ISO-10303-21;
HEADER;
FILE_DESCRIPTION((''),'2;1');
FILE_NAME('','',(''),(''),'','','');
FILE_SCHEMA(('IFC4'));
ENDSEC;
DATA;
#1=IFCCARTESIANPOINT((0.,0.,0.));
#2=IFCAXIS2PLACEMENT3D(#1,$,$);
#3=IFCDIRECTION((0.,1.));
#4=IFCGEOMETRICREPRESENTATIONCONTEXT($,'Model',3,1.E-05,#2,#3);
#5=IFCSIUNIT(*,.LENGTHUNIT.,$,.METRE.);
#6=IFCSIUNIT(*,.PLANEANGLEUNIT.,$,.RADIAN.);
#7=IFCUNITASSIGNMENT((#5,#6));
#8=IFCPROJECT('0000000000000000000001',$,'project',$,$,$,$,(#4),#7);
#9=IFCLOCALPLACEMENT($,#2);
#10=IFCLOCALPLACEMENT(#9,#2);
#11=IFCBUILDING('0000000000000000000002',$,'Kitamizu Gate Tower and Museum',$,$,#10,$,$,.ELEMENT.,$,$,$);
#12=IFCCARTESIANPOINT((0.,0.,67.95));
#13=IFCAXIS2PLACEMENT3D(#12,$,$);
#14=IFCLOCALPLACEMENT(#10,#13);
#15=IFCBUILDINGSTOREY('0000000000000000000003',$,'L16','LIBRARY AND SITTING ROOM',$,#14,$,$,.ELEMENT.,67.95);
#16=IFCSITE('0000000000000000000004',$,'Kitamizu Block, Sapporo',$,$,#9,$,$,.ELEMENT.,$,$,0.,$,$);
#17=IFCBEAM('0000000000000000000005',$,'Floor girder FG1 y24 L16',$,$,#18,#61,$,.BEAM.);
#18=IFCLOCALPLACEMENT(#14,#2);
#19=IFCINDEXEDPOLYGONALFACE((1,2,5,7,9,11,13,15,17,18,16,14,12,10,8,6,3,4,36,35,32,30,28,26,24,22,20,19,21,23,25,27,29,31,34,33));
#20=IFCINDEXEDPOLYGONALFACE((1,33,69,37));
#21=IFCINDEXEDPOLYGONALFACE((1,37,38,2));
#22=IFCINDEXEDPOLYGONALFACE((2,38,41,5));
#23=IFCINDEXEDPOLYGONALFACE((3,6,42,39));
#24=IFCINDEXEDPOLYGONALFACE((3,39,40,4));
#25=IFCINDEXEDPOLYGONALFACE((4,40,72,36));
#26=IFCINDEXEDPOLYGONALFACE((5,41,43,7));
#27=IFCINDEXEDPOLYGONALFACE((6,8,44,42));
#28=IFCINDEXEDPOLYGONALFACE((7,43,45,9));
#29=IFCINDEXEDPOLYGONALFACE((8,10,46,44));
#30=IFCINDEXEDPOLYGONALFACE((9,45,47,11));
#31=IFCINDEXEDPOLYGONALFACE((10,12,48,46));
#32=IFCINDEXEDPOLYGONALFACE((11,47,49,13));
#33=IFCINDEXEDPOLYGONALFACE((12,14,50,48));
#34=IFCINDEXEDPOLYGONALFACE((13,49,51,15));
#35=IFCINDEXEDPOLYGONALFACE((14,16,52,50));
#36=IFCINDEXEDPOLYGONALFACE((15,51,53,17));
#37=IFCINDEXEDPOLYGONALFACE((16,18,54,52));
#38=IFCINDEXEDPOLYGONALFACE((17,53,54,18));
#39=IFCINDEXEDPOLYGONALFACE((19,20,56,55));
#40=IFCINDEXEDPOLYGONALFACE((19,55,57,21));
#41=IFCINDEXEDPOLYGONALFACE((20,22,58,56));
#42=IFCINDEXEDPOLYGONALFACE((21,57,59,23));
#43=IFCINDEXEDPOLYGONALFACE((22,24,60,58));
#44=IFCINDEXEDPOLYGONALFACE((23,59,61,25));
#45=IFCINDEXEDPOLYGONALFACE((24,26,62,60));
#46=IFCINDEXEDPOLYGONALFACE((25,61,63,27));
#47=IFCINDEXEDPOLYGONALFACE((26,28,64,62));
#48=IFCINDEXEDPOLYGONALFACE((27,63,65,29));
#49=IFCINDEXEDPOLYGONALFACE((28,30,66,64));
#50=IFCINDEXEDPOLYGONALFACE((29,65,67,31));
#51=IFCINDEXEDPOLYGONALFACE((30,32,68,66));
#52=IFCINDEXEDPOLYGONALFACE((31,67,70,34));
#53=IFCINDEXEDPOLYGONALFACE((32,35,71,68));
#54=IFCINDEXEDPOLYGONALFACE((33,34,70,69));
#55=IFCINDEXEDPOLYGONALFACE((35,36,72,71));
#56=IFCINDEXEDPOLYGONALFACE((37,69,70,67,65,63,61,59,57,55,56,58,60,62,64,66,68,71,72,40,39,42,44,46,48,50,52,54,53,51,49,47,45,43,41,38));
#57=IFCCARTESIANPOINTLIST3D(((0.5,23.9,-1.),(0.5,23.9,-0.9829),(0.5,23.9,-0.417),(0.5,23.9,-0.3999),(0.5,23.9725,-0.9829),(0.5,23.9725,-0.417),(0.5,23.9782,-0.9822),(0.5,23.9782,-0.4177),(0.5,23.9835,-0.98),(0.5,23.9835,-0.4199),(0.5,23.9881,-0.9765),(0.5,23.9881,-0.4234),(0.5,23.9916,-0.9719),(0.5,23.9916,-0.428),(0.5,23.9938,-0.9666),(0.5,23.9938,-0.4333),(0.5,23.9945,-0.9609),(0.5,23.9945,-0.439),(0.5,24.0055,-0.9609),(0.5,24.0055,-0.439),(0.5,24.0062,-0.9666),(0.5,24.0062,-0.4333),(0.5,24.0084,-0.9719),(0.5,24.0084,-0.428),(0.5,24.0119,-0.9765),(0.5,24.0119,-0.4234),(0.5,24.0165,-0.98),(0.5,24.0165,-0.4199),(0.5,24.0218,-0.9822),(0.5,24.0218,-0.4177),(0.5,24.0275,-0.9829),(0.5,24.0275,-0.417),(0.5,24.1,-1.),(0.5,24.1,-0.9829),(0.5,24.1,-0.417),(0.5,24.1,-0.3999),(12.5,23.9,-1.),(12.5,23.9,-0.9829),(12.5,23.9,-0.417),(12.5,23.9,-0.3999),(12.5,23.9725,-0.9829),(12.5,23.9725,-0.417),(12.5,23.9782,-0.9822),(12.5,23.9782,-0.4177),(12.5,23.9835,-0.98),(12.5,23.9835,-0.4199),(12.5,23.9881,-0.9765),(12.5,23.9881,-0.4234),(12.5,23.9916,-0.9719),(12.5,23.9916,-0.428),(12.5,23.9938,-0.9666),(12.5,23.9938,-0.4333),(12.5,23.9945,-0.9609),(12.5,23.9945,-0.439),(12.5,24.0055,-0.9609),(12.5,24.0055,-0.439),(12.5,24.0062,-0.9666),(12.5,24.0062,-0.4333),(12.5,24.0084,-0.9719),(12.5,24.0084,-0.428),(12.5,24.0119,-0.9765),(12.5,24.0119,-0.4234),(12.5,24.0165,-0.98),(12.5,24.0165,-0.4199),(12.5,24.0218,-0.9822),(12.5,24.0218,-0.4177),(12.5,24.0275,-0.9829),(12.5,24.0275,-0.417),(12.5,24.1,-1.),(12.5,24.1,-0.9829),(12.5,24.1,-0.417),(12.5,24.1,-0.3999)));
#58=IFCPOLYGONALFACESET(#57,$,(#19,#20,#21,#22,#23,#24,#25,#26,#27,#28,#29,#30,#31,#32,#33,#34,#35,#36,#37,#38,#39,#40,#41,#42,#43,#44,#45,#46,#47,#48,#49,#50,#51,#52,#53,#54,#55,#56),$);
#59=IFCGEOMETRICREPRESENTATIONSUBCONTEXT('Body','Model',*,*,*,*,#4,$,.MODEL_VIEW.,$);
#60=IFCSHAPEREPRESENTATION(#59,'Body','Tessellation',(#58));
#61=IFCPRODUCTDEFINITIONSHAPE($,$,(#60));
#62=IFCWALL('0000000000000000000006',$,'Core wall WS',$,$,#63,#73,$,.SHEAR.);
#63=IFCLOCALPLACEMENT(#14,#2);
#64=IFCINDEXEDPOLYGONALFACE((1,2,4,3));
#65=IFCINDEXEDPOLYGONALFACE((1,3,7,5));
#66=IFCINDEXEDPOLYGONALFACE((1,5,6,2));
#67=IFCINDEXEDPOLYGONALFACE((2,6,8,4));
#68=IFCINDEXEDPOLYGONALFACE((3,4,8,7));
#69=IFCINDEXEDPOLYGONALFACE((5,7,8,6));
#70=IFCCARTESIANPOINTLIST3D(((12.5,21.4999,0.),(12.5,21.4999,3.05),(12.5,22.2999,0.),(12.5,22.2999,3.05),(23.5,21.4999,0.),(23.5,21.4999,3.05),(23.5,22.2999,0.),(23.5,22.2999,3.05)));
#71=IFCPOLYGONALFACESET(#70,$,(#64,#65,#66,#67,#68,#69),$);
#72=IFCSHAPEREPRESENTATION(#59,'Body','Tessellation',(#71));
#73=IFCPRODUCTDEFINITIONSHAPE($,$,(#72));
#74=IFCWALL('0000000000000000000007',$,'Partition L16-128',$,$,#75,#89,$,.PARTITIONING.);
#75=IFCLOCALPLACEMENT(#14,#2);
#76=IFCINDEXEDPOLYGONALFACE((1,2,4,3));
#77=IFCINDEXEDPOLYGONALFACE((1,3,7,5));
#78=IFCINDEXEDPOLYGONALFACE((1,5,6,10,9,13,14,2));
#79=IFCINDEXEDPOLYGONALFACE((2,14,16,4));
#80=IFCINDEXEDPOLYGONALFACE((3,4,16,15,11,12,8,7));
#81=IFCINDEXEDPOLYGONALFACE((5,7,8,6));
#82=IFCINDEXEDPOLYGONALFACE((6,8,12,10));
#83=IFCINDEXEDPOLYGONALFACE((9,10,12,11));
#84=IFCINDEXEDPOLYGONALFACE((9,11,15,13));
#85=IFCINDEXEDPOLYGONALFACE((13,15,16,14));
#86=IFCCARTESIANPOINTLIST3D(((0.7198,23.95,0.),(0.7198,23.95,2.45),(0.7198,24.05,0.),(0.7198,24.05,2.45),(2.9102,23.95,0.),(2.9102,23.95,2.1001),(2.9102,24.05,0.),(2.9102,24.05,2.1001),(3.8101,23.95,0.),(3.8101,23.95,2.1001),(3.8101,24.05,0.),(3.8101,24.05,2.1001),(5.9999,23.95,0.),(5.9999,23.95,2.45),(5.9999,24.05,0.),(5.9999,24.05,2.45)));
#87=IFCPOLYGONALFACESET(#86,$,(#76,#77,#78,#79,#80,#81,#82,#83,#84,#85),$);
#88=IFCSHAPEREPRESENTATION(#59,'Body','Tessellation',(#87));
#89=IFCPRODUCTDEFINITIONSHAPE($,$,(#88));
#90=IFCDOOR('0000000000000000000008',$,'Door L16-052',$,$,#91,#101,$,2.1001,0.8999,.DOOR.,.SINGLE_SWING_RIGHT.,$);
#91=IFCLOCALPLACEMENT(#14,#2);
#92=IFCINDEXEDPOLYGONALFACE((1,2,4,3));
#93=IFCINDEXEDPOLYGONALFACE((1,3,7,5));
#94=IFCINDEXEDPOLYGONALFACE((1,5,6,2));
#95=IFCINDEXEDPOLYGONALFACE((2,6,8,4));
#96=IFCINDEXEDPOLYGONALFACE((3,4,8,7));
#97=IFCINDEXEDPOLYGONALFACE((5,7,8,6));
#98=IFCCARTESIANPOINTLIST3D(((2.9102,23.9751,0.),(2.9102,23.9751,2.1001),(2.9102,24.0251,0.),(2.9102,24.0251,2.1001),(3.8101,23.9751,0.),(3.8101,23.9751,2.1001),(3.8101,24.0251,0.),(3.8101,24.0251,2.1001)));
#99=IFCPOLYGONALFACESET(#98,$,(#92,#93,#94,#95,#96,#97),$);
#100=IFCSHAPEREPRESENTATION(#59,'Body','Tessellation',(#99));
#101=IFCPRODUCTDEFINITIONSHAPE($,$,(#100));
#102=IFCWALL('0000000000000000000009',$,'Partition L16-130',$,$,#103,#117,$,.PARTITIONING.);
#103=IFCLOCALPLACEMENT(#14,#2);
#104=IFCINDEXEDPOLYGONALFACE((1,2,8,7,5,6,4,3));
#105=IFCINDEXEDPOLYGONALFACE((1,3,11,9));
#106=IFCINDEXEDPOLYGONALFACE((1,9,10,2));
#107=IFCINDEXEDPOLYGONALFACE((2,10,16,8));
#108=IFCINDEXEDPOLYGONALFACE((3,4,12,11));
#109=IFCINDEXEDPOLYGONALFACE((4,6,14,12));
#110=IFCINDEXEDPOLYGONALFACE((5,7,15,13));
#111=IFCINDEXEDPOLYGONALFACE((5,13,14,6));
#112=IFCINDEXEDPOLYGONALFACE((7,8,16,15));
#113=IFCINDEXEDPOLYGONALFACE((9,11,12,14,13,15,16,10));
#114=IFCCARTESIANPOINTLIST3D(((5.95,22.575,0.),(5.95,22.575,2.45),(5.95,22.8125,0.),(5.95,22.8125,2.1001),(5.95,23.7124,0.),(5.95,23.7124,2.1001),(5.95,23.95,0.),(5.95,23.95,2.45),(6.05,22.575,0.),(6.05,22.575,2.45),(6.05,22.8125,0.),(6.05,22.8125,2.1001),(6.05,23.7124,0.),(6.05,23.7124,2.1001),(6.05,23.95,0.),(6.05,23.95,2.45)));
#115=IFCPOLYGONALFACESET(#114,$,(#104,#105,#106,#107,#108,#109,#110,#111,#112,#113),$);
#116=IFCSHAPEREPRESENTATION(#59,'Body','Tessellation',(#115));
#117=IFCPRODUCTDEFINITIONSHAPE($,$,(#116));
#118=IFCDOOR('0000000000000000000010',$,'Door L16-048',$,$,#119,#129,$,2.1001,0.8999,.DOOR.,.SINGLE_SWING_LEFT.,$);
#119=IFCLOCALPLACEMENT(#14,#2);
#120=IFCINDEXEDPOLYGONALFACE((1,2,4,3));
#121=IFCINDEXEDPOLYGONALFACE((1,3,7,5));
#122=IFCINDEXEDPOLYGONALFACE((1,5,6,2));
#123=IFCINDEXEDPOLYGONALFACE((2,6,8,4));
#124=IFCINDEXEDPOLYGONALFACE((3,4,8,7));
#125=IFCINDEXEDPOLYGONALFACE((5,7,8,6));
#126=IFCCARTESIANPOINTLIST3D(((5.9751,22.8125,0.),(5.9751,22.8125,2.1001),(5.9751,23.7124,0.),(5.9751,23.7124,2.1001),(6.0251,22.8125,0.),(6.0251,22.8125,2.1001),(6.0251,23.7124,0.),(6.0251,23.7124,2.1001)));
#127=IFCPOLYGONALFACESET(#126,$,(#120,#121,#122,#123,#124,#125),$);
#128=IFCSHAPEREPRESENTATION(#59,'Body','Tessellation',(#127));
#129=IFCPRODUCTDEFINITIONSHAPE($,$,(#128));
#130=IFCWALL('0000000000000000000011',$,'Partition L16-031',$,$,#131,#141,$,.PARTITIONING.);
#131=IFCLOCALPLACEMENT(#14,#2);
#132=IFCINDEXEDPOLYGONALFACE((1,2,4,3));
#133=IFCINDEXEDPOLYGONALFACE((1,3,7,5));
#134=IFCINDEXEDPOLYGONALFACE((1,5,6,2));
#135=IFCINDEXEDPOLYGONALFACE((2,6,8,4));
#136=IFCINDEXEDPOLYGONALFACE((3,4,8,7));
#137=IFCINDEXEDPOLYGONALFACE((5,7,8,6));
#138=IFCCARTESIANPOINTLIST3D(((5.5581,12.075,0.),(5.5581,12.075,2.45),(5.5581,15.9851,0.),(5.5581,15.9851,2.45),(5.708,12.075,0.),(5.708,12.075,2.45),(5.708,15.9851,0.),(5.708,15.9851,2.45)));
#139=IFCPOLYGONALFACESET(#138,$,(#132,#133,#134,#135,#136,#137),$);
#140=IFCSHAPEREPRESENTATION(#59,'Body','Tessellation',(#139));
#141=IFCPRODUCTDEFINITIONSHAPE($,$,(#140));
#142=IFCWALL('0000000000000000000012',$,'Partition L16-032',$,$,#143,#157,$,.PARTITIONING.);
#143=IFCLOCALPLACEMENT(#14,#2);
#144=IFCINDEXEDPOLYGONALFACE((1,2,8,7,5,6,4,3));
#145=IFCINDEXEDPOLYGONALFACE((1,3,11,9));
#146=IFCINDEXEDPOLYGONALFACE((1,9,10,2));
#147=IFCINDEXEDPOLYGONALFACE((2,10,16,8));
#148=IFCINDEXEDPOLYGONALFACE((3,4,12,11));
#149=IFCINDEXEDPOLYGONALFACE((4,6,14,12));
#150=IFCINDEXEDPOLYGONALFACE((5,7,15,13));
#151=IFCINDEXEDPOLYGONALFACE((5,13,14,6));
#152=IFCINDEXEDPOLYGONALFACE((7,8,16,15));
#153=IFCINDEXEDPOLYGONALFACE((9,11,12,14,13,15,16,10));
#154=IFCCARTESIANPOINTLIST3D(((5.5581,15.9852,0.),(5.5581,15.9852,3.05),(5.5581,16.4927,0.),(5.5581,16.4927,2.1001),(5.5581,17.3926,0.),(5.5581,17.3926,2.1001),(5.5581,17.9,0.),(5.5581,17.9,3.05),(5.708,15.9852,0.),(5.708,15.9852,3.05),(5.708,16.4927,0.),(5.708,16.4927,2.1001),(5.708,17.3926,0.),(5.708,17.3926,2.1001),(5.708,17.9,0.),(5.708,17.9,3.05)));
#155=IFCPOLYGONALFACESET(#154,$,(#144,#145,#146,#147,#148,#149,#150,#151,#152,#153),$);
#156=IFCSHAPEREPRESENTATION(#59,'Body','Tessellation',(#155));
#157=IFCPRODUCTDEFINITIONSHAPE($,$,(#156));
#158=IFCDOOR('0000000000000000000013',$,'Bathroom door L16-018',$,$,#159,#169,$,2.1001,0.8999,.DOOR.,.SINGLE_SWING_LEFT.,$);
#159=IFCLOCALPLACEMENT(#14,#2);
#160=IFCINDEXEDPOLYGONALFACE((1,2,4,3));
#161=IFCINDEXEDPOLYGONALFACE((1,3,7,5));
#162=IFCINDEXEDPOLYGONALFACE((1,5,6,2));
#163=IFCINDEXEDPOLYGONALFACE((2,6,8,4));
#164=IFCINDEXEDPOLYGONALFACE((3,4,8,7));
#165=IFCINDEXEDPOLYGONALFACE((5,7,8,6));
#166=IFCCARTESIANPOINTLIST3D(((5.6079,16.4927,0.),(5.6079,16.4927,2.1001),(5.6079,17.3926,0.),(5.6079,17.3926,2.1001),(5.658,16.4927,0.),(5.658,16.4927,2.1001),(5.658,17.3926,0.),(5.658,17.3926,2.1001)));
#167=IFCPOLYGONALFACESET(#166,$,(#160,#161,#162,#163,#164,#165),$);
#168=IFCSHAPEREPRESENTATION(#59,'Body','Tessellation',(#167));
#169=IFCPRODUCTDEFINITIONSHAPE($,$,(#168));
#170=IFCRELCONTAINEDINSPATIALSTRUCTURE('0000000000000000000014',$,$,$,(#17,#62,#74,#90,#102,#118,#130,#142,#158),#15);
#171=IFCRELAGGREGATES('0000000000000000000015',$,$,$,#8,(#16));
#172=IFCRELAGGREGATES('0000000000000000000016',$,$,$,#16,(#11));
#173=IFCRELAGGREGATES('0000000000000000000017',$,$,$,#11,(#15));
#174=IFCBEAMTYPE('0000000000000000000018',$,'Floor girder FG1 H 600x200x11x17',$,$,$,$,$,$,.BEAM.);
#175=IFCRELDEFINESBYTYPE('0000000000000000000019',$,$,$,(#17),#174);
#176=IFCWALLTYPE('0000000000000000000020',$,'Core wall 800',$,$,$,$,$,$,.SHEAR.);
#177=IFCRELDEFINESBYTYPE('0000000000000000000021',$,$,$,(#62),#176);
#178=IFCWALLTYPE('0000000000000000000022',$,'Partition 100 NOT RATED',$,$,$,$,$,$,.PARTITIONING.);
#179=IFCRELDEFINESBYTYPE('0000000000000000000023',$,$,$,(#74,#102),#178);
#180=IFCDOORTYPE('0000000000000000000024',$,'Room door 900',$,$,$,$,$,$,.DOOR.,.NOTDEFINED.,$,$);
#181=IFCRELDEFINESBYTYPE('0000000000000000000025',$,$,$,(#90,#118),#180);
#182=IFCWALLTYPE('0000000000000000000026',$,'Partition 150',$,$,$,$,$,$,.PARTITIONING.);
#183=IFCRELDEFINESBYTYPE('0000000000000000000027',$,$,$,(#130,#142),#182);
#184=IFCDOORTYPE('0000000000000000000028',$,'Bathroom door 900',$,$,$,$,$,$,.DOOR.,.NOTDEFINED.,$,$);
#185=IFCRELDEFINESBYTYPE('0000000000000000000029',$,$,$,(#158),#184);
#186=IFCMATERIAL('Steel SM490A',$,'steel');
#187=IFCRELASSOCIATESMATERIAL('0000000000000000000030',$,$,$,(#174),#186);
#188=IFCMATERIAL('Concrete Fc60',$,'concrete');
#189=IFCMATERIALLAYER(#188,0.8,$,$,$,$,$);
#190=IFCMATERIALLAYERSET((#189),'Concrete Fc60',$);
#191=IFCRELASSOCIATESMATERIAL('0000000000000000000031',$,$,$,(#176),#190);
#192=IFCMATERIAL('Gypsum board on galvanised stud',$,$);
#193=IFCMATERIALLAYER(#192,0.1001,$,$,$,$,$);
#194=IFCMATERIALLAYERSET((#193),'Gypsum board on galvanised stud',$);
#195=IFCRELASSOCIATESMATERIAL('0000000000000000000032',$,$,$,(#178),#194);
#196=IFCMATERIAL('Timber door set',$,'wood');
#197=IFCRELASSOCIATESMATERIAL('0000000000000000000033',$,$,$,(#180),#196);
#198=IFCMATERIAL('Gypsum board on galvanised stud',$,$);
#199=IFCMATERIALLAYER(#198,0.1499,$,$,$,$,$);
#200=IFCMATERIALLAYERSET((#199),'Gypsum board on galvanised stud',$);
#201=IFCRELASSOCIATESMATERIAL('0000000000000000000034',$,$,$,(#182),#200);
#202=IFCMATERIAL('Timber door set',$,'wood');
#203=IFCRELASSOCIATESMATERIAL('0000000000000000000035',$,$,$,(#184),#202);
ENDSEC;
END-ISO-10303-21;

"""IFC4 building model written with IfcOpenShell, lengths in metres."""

from ifc_helpers import new_model, si_unit, direction, frame, frame_2d, origin, origin_2d, place, context, subcontext, project, spatial, rectangle, i_section, extrude, material, layer, layer_set, material_profile, profile_set, type_object, element, fill, save


model = new_model("IFC4")

# Units and contexts
model_context = context("Model", 3, precision=1e-05, world=origin(), true_north=direction((0.0, 1.0)))
body_context = subcontext(model_context, "Body", "Model", "MODEL_VIEW")
ifc_project = project(units=[si_unit("LENGTHUNIT", "METRE"), si_unit("PLANEANGLEUNIT", "RADIAN")], contexts=[model_context])

# Site, building, storey
site_placement = place(None, origin())
site = spatial("IfcSite", under=ifc_project, at=site_placement, Name="Kitamizu Block, Sapporo", CompositionType="ELEMENT", RefElevation=0.0)
building_placement = place(site_placement, origin())
building = spatial("IfcBuilding", under=site, at=building_placement, Name="Kitamizu Gate Tower and Museum", CompositionType="ELEMENT")
storey_placement = place(building_placement, frame((0.0, 0.0, 67.95)))
storey = spatial("IfcBuildingStorey", under=building, at=storey_placement, Name="L16", Description="LIBRARY AND SITTING ROOM", CompositionType="ELEMENT", Elevation=67.95)

# Beam
ifc_material_1 = material(Name="Steel SM490A", Category="steel")
ifc_material_profile_1 = material_profile(ifc_material_1, i_section(OverallWidth=0.2, OverallDepth=0.6001, WebThickness=0.011, FlangeThickness=0.0171, FilletRadius=0.022, at=origin_2d()), Name="H-600x200x11x17")
ifc_profile_set_1 = profile_set([ifc_material_profile_1], Name="Steel SM490A")
beam_type_1 = type_object("IfcBeamType", Name="Floor girder FG1 H 600x200x11x17", PredefinedType="BEAM", material=ifc_profile_set_1)
beam_1_placement = place(storey_placement, frame((0.5, 24.0, -0.7), z_axis=(1.0, 0.0, 0.0), x_axis=(0.0, 1.0, 0.0)))
element("IfcBeam", 1, at=beam_1_placement, inside=storey, type_object=beam_type_1, Name="Floor girder FG1 y24 L16", PredefinedType="BEAM", context=body_context, shape_type="SweptSolid", body=[
    extrude(i_section(OverallWidth=0.2, OverallDepth=0.6001, WebThickness=0.011, FlangeThickness=0.0171, FilletRadius=0.022, at=origin_2d()), origin(), (0.0, 0.0, 1.0), 12.0),
])

# Wall
ifc_material_2 = material(Name="Concrete Fc60", Category="concrete")
ifc_layer_1 = layer(ifc_material_2, 0.8)
ifc_layer_set_1 = layer_set([ifc_layer_1], Name="Concrete Fc60")
wall_type_1 = type_object("IfcWallType", Name="Core wall 800", PredefinedType="SHEAR", material=ifc_layer_set_1)
wall_1_placement = place(storey_placement, frame((12.5, 21.8999, 0.0), z_axis=(0.0, 0.0, 1.0), x_axis=(1.0, 0.0, 0.0)))
element("IfcWall", 2, at=wall_1_placement, inside=storey, type_object=wall_type_1, Name="Core wall WS", PredefinedType="SHEAR", context=body_context, shape_type="SweptSolid", body=[
    extrude(rectangle(XDim=11.0, YDim=0.8, at=frame_2d((5.5, 0.0))), origin(), (0.0, 0.0, 1.0), 3.05),
])

# Walls, openings, doors
ifc_material_3 = material(Name="Gypsum board on galvanised stud")
ifc_layer_2 = layer(ifc_material_3, 0.1001)
ifc_layer_set_2 = layer_set([ifc_layer_2], Name="Gypsum board on galvanised stud")
wall_type_2 = type_object("IfcWallType", Name="Partition 100 NOT RATED", PredefinedType="PARTITIONING", material=ifc_layer_set_2)
wall_2_placement = place(storey_placement, frame((6.0, 24.0, 0.0), z_axis=(0.0, 0.0, 1.0), x_axis=(-1.0, 0.0, 0.0)))
wall_2 = element("IfcWall", 3, at=wall_2_placement, inside=storey, type_object=wall_type_2, Name="Partition L16-128", PredefinedType="PARTITIONING", context=body_context, shape_type="SweptSolid", body=[
    extrude(rectangle(XDim=5.28, YDim=0.1001, at=frame_2d((2.6401, 0.0))), origin(), (0.0, 0.0, 1.0), 2.45),
])
opening_1_placement = place(wall_2_placement, frame((2.1899, 0.0, 0.0)))
opening_1 = element("IfcOpeningElement", 4, at=opening_1_placement, cuts=wall_2, PredefinedType="OPENING", context=body_context, shape_type="SweptSolid", body=[
    extrude(rectangle(XDim=0.8999, YDim=2.1001, at=frame_2d((0.45, 1.05))), frame((0.0, 0.0601, 0.0), z_axis=(0.0, -1.0, 0.0), x_axis=(1.0, 0.0, 0.0)), (0.0, 0.0, 1.0), 0.1201),
])
ifc_material_4 = material(Name="Timber door set", Category="wood")
door_type_1 = type_object("IfcDoorType", Name="Room door 900", OperationType="NOTDEFINED", PredefinedType="DOOR", material=ifc_material_4)
door_1_placement = place(opening_1_placement, origin())
door_1 = element("IfcDoor", 5, at=door_1_placement, inside=storey, type_object=door_type_1, Name="Door L16-052", OperationType="SINGLE_SWING_RIGHT", OverallHeight=2.1001, OverallWidth=0.8999, PredefinedType="DOOR", context=body_context, shape_type="SweptSolid", body=[
    extrude(rectangle(XDim=0.8999, YDim=2.1001, at=frame_2d((0.45, 1.05))), frame((0.0, 0.0249, 0.0), z_axis=(0.0, -1.0, 0.0), x_axis=(1.0, 0.0, 0.0)), (0.0, 0.0, 1.0), 0.05),
])
fill(opening_1, door_1)
wall_3_placement = place(storey_placement, frame((6.0, 22.575, 0.0), z_axis=(0.0, 0.0, 1.0), x_axis=(0.0, 1.0, 0.0)))
wall_3 = element("IfcWall", 6, at=wall_3_placement, inside=storey, type_object=wall_type_2, Name="Partition L16-130", PredefinedType="PARTITIONING", context=body_context, shape_type="SweptSolid", body=[
    extrude(rectangle(XDim=1.375, YDim=0.1001, at=frame_2d((0.6875, 0.0))), origin(), (0.0, 0.0, 1.0), 2.45),
])
opening_2_placement = place(wall_3_placement, frame((0.2375, 0.0, 0.0)))
opening_2 = element("IfcOpeningElement", 7, at=opening_2_placement, cuts=wall_3, PredefinedType="OPENING", context=body_context, shape_type="SweptSolid", body=[
    extrude(rectangle(XDim=0.8999, YDim=2.1001, at=frame_2d((0.45, 1.05))), frame((0.0, 0.0601, 0.0), z_axis=(0.0, -1.0, 0.0), x_axis=(1.0, 0.0, 0.0)), (0.0, 0.0, 1.0), 0.1201),
])
door_2_placement = place(opening_2_placement, origin())
door_2 = element("IfcDoor", 8, at=door_2_placement, inside=storey, type_object=door_type_1, Name="Door L16-048", OperationType="SINGLE_SWING_LEFT", OverallHeight=2.1001, OverallWidth=0.8999, PredefinedType="DOOR", context=body_context, shape_type="SweptSolid", body=[
    extrude(rectangle(XDim=0.8999, YDim=2.1001, at=frame_2d((0.45, 1.05))), frame((0.0, 0.0249, 0.0), z_axis=(0.0, -1.0, 0.0), x_axis=(1.0, 0.0, 0.0)), (0.0, 0.0, 1.0), 0.05),
])
fill(opening_2, door_2)

# Wall
ifc_material_5 = material(Name="Gypsum board on galvanised stud")
ifc_layer_3 = layer(ifc_material_5, 0.1499)
ifc_layer_set_3 = layer_set([ifc_layer_3], Name="Gypsum board on galvanised stud")
wall_type_3 = type_object("IfcWallType", Name="Partition 150", PredefinedType="PARTITIONING", material=ifc_layer_set_3)
wall_4_placement = place(storey_placement, frame((5.6331, 12.075, 0.0), z_axis=(0.0, 0.0, 1.0), x_axis=(0.0, 1.0, 0.0)))
element("IfcWall", 9, at=wall_4_placement, inside=storey, type_object=wall_type_3, Name="Partition L16-031", PredefinedType="PARTITIONING", context=body_context, shape_type="SweptSolid", body=[
    extrude(rectangle(XDim=3.9102, YDim=0.1499, at=frame_2d((1.9551, 0.0))), origin(), (0.0, 0.0, 1.0), 2.45),
])

# Wall, opening, door
wall_5_placement = place(storey_placement, frame((5.6331, 15.9851, 0.0), z_axis=(0.0, 0.0, 1.0), x_axis=(0.0, 1.0, 0.0)))
wall_5 = element("IfcWall", 10, at=wall_5_placement, inside=storey, type_object=wall_type_3, Name="Partition L16-032", PredefinedType="PARTITIONING", context=body_context, shape_type="SweptSolid", body=[
    extrude(rectangle(XDim=1.9148, YDim=0.1499, at=frame_2d((0.9575, 0.0))), origin(), (0.0, 0.0, 1.0), 3.05),
])
opening_3_placement = place(wall_5_placement, frame((0.5076, 0.0, 0.0)))
opening_3 = element("IfcOpeningElement", 11, at=opening_3_placement, cuts=wall_5, PredefinedType="OPENING", context=body_context, shape_type="SweptSolid", body=[
    extrude(rectangle(XDim=0.8999, YDim=2.1001, at=frame_2d((0.45, 1.05))), frame((0.0, 0.085, 0.0), z_axis=(0.0, -1.0, 0.0), x_axis=(1.0, 0.0, 0.0)), (0.0, 0.0, 1.0), 0.1699),
])
ifc_material_6 = material(Name="Timber door set", Category="wood")
door_type_2 = type_object("IfcDoorType", Name="Bathroom door 900", OperationType="NOTDEFINED", PredefinedType="DOOR", material=ifc_material_6)
door_3_placement = place(opening_3_placement, frame((0.8999, 0.0, 0.0), x_axis=(-1.0, 0.0, 0.0)))
door_3 = element("IfcDoor", 12, at=door_3_placement, inside=storey, type_object=door_type_2, Name="Bathroom door L16-018", OperationType="SINGLE_SWING_LEFT", OverallHeight=2.1001, OverallWidth=0.8999, PredefinedType="DOOR", context=body_context, shape_type="SweptSolid", body=[
    extrude(rectangle(XDim=0.8999, YDim=2.1001, at=frame_2d((0.45, 1.05))), frame((0.0, 0.0249, 0.0), z_axis=(0.0, -1.0, 0.0), x_axis=(1.0, 0.0, 0.0)), (0.0, 0.0, 1.0), 0.05),
])
fill(opening_3, door_3)

save(model, "model.ifc")
